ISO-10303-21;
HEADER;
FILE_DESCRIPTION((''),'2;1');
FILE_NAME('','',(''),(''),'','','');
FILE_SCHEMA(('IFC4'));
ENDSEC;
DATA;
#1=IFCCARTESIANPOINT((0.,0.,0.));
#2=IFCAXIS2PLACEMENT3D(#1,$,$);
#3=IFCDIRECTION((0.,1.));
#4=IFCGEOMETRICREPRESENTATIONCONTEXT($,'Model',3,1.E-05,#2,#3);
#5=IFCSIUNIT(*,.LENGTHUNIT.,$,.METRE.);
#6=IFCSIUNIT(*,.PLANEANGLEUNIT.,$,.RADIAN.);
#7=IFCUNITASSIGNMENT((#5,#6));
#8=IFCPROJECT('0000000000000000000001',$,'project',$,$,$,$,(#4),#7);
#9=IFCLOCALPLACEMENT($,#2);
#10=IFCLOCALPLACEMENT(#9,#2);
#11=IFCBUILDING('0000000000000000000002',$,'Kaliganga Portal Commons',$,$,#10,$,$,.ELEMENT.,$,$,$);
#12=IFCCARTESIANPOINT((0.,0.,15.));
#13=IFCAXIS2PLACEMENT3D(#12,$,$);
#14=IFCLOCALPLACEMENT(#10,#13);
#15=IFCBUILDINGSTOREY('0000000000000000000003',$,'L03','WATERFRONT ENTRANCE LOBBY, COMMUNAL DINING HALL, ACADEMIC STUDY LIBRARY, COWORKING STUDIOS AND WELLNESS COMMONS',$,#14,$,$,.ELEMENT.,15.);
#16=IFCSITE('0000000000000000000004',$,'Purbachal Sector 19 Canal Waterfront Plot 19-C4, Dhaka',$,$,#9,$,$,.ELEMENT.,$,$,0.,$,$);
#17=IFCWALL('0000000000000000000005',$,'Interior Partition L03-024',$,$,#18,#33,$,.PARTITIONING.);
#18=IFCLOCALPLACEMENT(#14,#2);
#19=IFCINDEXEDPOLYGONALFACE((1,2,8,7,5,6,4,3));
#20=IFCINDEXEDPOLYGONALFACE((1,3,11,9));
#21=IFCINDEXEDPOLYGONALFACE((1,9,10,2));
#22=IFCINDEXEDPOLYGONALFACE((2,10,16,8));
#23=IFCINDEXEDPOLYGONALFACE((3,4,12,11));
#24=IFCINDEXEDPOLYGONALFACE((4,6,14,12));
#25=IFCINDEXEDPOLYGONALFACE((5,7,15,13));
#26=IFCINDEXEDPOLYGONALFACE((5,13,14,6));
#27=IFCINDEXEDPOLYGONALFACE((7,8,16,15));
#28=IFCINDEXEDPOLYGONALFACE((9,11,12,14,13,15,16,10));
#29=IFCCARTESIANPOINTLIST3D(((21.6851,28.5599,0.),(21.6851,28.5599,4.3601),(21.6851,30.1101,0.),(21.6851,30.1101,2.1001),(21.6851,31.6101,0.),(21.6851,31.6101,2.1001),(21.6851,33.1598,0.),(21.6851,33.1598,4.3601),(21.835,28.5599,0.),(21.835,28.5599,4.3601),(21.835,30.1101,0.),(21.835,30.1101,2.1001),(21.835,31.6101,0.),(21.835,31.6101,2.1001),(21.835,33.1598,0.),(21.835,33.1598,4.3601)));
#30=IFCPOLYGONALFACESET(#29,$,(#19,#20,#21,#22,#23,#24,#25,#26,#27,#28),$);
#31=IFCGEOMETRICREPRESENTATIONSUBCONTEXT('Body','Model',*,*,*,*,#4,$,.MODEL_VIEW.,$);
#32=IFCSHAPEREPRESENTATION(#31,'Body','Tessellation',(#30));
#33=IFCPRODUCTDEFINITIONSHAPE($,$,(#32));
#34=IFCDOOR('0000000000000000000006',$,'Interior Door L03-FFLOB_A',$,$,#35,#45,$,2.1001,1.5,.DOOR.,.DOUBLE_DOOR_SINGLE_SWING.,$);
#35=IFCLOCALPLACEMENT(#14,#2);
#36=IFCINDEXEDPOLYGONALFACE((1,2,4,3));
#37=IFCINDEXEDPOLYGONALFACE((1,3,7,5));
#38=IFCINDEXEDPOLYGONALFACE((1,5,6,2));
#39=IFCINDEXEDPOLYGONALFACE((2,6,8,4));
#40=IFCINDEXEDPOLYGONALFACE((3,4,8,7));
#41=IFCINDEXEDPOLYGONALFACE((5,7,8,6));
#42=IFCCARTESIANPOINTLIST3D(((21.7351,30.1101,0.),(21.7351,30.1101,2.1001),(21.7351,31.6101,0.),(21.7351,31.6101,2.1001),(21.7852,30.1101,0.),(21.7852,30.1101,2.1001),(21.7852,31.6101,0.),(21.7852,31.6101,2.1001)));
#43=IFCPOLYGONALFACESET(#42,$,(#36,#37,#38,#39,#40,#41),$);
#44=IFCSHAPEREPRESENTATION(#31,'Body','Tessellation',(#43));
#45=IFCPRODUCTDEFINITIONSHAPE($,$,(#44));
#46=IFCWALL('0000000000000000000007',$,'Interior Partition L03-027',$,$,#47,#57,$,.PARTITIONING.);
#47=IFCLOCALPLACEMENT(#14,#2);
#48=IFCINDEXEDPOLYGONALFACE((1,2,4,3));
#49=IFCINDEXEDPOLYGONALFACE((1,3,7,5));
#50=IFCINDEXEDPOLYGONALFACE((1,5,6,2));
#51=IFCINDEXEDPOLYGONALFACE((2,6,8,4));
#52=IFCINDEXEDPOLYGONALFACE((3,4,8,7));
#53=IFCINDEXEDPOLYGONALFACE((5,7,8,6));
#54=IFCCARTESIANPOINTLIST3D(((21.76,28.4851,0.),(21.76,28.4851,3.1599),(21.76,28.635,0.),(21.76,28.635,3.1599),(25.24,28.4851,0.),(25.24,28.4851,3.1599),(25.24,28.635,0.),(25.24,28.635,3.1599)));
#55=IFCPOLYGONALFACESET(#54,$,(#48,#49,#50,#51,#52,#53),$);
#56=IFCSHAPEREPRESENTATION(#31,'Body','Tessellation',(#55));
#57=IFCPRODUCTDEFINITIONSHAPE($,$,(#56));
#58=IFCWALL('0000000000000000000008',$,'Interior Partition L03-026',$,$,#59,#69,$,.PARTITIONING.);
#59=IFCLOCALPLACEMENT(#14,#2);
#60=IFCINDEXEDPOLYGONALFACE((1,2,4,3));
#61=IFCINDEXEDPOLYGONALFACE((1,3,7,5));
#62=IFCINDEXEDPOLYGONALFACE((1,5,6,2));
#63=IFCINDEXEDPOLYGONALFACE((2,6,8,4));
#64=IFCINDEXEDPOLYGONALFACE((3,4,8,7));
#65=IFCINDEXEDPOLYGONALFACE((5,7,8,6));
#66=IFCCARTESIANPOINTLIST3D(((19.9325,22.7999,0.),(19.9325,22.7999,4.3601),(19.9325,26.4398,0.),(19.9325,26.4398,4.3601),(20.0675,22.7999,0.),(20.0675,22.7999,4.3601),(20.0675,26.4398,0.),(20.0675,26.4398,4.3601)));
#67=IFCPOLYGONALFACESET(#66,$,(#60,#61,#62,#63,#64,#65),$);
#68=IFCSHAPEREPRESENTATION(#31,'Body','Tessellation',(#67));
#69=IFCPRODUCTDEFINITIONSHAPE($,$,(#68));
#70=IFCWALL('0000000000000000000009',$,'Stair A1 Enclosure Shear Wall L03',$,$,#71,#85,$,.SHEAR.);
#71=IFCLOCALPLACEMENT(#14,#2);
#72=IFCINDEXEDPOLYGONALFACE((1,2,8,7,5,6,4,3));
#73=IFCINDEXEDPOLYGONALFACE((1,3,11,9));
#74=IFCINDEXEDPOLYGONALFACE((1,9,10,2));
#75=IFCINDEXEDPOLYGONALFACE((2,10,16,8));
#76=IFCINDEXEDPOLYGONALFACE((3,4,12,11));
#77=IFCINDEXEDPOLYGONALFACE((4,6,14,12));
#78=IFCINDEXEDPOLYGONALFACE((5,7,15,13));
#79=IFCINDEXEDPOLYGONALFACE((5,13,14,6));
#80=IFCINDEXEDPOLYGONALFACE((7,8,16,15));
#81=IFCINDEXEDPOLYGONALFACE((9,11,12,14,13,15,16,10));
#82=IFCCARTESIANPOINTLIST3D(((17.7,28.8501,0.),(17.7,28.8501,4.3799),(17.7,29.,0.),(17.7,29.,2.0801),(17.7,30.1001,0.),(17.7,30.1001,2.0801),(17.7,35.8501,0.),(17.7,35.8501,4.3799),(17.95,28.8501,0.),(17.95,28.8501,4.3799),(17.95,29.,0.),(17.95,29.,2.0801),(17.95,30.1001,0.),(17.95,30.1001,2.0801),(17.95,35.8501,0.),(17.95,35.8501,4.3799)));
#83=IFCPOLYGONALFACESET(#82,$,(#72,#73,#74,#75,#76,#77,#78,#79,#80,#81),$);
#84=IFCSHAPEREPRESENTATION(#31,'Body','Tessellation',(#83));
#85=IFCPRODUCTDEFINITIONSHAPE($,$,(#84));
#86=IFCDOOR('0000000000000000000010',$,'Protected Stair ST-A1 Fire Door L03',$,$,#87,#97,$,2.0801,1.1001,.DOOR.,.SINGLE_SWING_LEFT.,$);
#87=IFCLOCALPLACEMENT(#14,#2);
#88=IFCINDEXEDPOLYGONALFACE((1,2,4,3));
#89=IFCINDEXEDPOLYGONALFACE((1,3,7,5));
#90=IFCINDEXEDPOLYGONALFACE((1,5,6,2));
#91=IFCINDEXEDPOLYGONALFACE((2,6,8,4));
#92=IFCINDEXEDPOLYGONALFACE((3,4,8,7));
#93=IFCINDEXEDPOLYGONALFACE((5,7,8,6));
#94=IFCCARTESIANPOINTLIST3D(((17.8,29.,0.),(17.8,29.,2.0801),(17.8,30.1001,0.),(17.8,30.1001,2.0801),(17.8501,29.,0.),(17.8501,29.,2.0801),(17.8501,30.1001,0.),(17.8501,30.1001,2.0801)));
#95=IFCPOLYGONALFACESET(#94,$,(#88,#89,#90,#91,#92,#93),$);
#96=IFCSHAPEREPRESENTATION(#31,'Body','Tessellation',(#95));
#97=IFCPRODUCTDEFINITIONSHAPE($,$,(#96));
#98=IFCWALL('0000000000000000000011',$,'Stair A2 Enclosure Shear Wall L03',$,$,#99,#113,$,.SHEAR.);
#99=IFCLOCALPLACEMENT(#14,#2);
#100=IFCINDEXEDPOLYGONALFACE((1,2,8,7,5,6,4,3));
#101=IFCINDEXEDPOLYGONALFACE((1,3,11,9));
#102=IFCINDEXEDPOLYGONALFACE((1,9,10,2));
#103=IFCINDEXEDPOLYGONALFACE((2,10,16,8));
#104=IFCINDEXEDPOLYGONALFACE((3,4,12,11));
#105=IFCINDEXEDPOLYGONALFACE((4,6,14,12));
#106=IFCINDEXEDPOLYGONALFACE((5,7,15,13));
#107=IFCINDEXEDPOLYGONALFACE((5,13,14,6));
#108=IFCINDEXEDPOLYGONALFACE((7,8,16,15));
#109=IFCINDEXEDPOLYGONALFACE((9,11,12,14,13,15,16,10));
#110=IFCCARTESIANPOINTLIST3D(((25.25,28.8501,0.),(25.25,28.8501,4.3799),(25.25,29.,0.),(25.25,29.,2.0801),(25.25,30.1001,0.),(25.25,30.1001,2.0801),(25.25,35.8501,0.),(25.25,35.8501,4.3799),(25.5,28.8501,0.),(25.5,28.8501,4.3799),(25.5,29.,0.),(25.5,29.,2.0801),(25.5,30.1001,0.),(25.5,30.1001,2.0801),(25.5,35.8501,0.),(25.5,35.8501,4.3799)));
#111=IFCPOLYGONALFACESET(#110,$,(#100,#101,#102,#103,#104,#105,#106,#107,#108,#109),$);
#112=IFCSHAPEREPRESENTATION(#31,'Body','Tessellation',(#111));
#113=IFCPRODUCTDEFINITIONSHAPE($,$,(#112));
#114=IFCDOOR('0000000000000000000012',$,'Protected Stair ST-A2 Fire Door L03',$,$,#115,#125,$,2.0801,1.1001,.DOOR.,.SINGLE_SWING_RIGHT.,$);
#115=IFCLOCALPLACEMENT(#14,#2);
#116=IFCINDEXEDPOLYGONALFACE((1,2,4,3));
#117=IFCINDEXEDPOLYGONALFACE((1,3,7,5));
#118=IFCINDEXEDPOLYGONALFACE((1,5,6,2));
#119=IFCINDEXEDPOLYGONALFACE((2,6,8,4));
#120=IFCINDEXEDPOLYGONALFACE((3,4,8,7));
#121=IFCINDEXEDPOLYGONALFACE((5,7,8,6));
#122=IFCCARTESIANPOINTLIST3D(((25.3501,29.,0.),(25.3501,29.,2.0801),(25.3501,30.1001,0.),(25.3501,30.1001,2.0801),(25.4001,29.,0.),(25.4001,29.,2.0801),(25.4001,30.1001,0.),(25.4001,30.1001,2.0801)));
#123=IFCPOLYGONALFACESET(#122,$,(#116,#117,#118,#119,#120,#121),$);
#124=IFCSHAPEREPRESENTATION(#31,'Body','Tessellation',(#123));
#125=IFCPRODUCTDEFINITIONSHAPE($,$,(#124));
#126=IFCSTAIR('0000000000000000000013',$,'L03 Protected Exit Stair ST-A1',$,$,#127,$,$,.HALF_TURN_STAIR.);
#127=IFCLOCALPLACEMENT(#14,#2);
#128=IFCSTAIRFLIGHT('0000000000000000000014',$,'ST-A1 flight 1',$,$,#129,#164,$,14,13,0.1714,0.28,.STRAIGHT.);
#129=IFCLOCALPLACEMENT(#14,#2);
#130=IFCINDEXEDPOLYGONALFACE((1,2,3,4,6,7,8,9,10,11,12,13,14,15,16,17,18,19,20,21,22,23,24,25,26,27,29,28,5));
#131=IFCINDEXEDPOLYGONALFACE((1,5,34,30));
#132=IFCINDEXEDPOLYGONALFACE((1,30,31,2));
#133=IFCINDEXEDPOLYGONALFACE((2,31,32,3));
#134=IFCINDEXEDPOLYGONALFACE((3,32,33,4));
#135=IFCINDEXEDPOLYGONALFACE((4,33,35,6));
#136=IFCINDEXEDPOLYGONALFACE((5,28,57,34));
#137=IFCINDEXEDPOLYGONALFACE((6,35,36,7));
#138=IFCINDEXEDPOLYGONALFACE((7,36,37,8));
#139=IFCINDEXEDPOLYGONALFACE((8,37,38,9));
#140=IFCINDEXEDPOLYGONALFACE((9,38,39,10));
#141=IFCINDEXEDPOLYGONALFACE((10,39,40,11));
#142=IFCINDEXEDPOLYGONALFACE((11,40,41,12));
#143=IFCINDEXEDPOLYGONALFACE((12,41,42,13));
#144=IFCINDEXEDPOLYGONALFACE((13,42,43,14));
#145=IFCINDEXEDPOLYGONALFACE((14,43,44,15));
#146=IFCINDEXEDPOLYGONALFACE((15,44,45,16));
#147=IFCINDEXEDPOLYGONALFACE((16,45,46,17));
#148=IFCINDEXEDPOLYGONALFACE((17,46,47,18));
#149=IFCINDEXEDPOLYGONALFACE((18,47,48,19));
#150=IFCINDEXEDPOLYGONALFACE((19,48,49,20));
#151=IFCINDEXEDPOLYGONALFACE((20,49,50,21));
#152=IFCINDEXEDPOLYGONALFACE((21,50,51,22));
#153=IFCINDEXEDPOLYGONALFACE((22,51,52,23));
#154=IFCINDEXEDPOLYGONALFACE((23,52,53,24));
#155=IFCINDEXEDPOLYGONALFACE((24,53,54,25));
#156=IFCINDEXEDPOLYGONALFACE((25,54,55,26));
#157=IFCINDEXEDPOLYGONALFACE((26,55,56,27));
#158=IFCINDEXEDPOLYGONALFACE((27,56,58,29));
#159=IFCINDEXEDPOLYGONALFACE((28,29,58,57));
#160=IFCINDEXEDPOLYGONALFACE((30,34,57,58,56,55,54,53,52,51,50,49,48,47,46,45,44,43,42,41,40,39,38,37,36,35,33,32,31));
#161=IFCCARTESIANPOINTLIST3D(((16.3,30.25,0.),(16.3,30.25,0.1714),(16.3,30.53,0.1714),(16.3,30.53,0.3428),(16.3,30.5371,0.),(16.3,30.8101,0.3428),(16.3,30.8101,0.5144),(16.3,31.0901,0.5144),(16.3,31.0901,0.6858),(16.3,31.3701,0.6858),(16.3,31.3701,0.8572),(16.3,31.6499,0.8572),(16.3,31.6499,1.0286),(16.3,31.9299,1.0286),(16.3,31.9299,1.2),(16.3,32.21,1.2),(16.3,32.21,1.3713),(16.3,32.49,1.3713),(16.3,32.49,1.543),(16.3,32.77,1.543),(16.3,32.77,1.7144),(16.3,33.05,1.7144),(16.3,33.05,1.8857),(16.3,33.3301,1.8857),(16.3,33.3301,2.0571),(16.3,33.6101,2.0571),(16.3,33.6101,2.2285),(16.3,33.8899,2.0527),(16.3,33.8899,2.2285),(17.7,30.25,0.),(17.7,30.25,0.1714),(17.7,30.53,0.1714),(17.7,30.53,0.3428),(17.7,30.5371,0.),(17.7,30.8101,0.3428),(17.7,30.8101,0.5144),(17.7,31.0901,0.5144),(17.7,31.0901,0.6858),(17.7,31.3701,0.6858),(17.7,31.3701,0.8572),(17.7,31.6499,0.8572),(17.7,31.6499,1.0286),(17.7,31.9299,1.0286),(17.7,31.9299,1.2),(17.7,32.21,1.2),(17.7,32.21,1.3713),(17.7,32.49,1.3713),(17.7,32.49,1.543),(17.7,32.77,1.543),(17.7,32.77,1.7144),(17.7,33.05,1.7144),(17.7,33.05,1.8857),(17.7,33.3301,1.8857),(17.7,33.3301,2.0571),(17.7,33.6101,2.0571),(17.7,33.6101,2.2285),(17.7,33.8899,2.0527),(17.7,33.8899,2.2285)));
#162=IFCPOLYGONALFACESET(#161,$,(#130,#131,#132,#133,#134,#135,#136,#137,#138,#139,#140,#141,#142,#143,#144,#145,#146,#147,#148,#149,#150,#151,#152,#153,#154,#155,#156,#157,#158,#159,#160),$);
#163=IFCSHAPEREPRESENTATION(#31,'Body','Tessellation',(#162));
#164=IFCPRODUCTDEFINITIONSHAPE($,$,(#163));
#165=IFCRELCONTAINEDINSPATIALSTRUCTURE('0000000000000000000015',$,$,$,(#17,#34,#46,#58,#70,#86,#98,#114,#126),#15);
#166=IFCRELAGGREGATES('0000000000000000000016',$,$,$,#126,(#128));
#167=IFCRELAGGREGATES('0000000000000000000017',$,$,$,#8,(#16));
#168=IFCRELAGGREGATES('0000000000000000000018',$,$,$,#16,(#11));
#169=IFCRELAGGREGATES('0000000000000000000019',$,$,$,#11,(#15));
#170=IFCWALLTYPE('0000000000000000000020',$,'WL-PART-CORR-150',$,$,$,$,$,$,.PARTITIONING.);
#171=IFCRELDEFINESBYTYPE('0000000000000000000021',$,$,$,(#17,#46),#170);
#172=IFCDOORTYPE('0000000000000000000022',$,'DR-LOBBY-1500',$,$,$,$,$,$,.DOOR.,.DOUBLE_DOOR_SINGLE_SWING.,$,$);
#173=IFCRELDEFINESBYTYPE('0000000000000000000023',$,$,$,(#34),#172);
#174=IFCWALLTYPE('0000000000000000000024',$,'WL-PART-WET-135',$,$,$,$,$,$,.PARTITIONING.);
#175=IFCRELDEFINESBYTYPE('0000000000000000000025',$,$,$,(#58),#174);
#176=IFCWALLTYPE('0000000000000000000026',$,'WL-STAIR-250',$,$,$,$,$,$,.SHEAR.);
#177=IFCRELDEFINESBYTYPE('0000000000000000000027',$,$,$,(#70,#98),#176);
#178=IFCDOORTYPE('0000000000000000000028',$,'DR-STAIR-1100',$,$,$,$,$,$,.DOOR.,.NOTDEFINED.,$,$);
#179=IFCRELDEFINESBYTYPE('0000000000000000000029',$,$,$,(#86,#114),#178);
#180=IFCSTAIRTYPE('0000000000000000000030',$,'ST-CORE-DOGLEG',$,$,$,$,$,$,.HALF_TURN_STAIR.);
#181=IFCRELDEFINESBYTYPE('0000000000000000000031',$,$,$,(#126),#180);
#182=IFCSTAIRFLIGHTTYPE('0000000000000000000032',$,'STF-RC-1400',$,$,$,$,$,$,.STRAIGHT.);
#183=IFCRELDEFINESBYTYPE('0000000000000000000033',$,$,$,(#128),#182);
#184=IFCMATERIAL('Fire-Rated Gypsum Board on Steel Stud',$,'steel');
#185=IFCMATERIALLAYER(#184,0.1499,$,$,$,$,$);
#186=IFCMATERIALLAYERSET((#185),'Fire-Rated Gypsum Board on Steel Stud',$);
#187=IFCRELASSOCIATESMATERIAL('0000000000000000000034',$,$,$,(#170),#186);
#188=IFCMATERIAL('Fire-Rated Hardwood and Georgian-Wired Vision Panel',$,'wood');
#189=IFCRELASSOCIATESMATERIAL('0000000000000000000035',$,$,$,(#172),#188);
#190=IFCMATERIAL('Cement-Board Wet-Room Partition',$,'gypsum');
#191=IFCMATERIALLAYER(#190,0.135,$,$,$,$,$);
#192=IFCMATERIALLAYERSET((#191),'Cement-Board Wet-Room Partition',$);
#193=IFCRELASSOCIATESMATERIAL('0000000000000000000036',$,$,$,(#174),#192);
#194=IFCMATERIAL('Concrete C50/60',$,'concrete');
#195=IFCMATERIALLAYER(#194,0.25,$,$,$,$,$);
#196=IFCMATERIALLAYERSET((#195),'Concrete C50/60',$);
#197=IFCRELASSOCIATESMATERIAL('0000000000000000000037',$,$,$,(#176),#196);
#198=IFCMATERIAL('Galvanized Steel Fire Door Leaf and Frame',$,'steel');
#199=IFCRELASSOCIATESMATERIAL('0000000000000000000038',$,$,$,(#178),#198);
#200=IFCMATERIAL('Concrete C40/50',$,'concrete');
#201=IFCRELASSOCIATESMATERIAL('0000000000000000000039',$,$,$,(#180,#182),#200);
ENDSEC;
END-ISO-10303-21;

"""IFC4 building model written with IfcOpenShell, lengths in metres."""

from ifc_helpers import new_model, si_unit, direction, frame, frame_2d, origin, place, context, subcontext, project, spatial, polyline, rectangle, outline, extrude, material, layer, layer_set, type_object, element, fill, aggregate, save


model = new_model("IFC4")

# Units and contexts
model_context = context("Model", 3, precision=1e-05, world=origin(), true_north=direction((0.0, 1.0)))
body_context = subcontext(model_context, "Body", "Model", "MODEL_VIEW")
ifc_project = project(units=[si_unit("LENGTHUNIT", "METRE"), si_unit("PLANEANGLEUNIT", "RADIAN")], contexts=[model_context])

# Site, building, storey
site_placement = place(None, origin())
site = spatial("IfcSite", under=ifc_project, at=site_placement, Name="Purbachal Sector 19 Canal Waterfront Plot 19-C4, Dhaka", CompositionType="ELEMENT", RefElevation=0.0)
building_placement = place(site_placement, origin())
building = spatial("IfcBuilding", under=site, at=building_placement, Name="Kaliganga Portal Commons", CompositionType="ELEMENT")
storey_placement = place(building_placement, frame((0.0, 0.0, 15.0)))
storey = spatial("IfcBuildingStorey", under=building, at=storey_placement, Name="L03", Description="WATERFRONT ENTRANCE LOBBY, COMMUNAL DINING HALL, ACADEMIC STUDY LIBRARY, COWORKING STUDIOS AND WELLNESS COMMONS", CompositionType="ELEMENT", Elevation=15.0)

# Shared definitions
ifc_material_1 = material(Name="Fire-Rated Gypsum Board on Steel Stud", Category="steel")
ifc_layer_1 = layer(ifc_material_1, 0.1499)
ifc_layer_set_1 = layer_set([ifc_layer_1], Name="Fire-Rated Gypsum Board on Steel Stud")
wall_type_1 = type_object("IfcWallType", Name="WL-PART-CORR-150", PredefinedType="PARTITIONING", material=ifc_layer_set_1)

# Wall, opening, door
wall_1_placement = place(storey_placement, frame((21.76, 28.5601, 0.0), z_axis=(0.0, 0.0, 1.0), x_axis=(0.0, 1.0, 0.0)))
wall_1 = element("IfcWall", 1, at=wall_1_placement, inside=storey, type_object=wall_type_1, Name="Interior Partition L03-024", PredefinedType="PARTITIONING", context=body_context, shape_type="SweptSolid", body=[
    extrude(rectangle(XDim=4.5999, YDim=0.1499, at=frame_2d((2.2998, 0.0))), origin(), (0.0, 0.0, 1.0), 4.3601),
])
opening_1_placement = place(wall_1_placement, frame((1.55, 0.0, 0.0)))
opening_1 = element("IfcOpeningElement", 2, at=opening_1_placement, cuts=wall_1, PredefinedType="OPENING", context=body_context, shape_type="SweptSolid", body=[
    extrude(rectangle(XDim=1.5, YDim=2.1001, at=frame_2d((0.75, 1.05))), frame((0.0, 0.085, 0.0), z_axis=(0.0, -1.0, 0.0), x_axis=(1.0, 0.0, 0.0)), (0.0, 0.0, 1.0), 0.1699),
])
ifc_material_2 = material(Name="Fire-Rated Hardwood and Georgian-Wired Vision Panel", Category="wood")
door_type_1 = type_object("IfcDoorType", Name="DR-LOBBY-1500", OperationType="DOUBLE_DOOR_SINGLE_SWING", PredefinedType="DOOR", material=ifc_material_2)
door_1_placement = place(opening_1_placement, origin())
door_1 = element("IfcDoor", 3, at=door_1_placement, inside=storey, type_object=door_type_1, Name="Interior Door L03-FFLOB_A", OperationType="DOUBLE_DOOR_SINGLE_SWING", OverallHeight=2.1001, OverallWidth=1.5, PredefinedType="DOOR", context=body_context, shape_type="SweptSolid", body=[
    extrude(rectangle(XDim=1.5, YDim=2.1001, at=frame_2d((0.75, 1.05))), frame((0.0, 0.0249, 0.0), z_axis=(0.0, -1.0, 0.0), x_axis=(1.0, 0.0, 0.0)), (0.0, 0.0, 1.0), 0.05),
])
fill(opening_1, door_1)

# Walls
wall_2_placement = place(storey_placement, frame((21.76, 28.5601, 0.0), z_axis=(0.0, 0.0, 1.0), x_axis=(1.0, 0.0, 0.0)))
element("IfcWall", 4, at=wall_2_placement, inside=storey, type_object=wall_type_1, Name="Interior Partition L03-027", PredefinedType="PARTITIONING", context=body_context, shape_type="SweptSolid", body=[
    extrude(rectangle(XDim=3.48, YDim=0.1499, at=frame_2d((1.74, 0.0))), origin(), (0.0, 0.0, 1.0), 3.1599),
])
ifc_material_3 = material(Name="Cement-Board Wet-Room Partition", Category="gypsum")
ifc_layer_2 = layer(ifc_material_3, 0.135)
ifc_layer_set_2 = layer_set([ifc_layer_2], Name="Cement-Board Wet-Room Partition")
wall_type_2 = type_object("IfcWallType", Name="WL-PART-WET-135", PredefinedType="PARTITIONING", material=ifc_layer_set_2)
wall_3_placement = place(storey_placement, frame((20.0, 22.8, 0.0), z_axis=(0.0, 0.0, 1.0), x_axis=(0.0, 1.0, 0.0)))
element("IfcWall", 5, at=wall_3_placement, inside=storey, type_object=wall_type_2, Name="Interior Partition L03-026", PredefinedType="PARTITIONING", context=body_context, shape_type="SweptSolid", body=[
    extrude(rectangle(XDim=3.6399, YDim=0.135, at=frame_2d((1.8198, 0.0))), origin(), (0.0, 0.0, 1.0), 4.3601),
])

# Walls, openings, doors
ifc_material_4 = material(Name="Concrete C50/60", Category="concrete")
ifc_layer_3 = layer(ifc_material_4, 0.25)
ifc_layer_set_3 = layer_set([ifc_layer_3], Name="Concrete C50/60")
wall_type_3 = type_object("IfcWallType", Name="WL-STAIR-250", PredefinedType="SHEAR", material=ifc_layer_set_3)
wall_4_placement = place(storey_placement, frame((17.825, 28.8501, 0.0), z_axis=(0.0, 0.0, 1.0), x_axis=(0.0, 1.0, 0.0)))
wall_4 = element("IfcWall", 6, at=wall_4_placement, inside=storey, type_object=wall_type_3, Name="Stair A1 Enclosure Shear Wall L03", PredefinedType="SHEAR", context=body_context, shape_type="SweptSolid", body=[
    extrude(rectangle(XDim=7.0, YDim=0.25, at=frame_2d((3.5, 0.0))), origin(), (0.0, 0.0, 1.0), 4.3799),
])
opening_2_placement = place(wall_4_placement, frame((0.1499, 0.0, 0.0)))
opening_2 = element("IfcOpeningElement", 7, at=opening_2_placement, cuts=wall_4, PredefinedType="OPENING", context=body_context, shape_type="SweptSolid", body=[
    extrude(rectangle(XDim=1.1001, YDim=2.0801, at=frame_2d((0.55, 1.04))), frame((0.0, 0.135, 0.0), z_axis=(0.0, -1.0, 0.0), x_axis=(1.0, 0.0, 0.0)), (0.0, 0.0, 1.0), 0.27),
])
ifc_material_5 = material(Name="Galvanized Steel Fire Door Leaf and Frame", Category="steel")
door_type_2 = type_object("IfcDoorType", Name="DR-STAIR-1100", OperationType="NOTDEFINED", PredefinedType="DOOR", material=ifc_material_5)
door_2_placement = place(opening_2_placement, origin())
door_2 = element("IfcDoor", 8, at=door_2_placement, inside=storey, type_object=door_type_2, Name="Protected Stair ST-A1 Fire Door L03", OperationType="SINGLE_SWING_LEFT", OverallHeight=2.0801, OverallWidth=1.1001, PredefinedType="DOOR", context=body_context, shape_type="SweptSolid", body=[
    extrude(rectangle(XDim=1.1001, YDim=2.0801, at=frame_2d((0.55, 1.04))), frame((0.0, 0.0249, 0.0), z_axis=(0.0, -1.0, 0.0), x_axis=(1.0, 0.0, 0.0)), (0.0, 0.0, 1.0), 0.05),
])
fill(opening_2, door_2)
wall_5_placement = place(storey_placement, frame((25.375, 28.8501, 0.0), z_axis=(0.0, 0.0, 1.0), x_axis=(0.0, 1.0, 0.0)))
wall_5 = element("IfcWall", 9, at=wall_5_placement, inside=storey, type_object=wall_type_3, Name="Stair A2 Enclosure Shear Wall L03", PredefinedType="SHEAR", context=body_context, shape_type="SweptSolid", body=[
    extrude(rectangle(XDim=7.0, YDim=0.25, at=frame_2d((3.5, 0.0))), origin(), (0.0, 0.0, 1.0), 4.3799),
])
opening_3_placement = place(wall_5_placement, frame((0.1499, 0.0, 0.0)))
opening_3 = element("IfcOpeningElement", 10, at=opening_3_placement, cuts=wall_5, PredefinedType="OPENING", context=body_context, shape_type="SweptSolid", body=[
    extrude(rectangle(XDim=1.1001, YDim=2.0801, at=frame_2d((0.55, 1.04))), frame((0.0, 0.135, 0.0), z_axis=(0.0, -1.0, 0.0), x_axis=(1.0, 0.0, 0.0)), (0.0, 0.0, 1.0), 0.27),
])
door_3_placement = place(opening_3_placement, origin())
door_3 = element("IfcDoor", 11, at=door_3_placement, inside=storey, type_object=door_type_2, Name="Protected Stair ST-A2 Fire Door L03", OperationType="SINGLE_SWING_RIGHT", OverallHeight=2.0801, OverallWidth=1.1001, PredefinedType="DOOR", context=body_context, shape_type="SweptSolid", body=[
    extrude(rectangle(XDim=1.1001, YDim=2.0801, at=frame_2d((0.55, 1.04))), frame((0.0, 0.0249, 0.0), z_axis=(0.0, -1.0, 0.0), x_axis=(1.0, 0.0, 0.0)), (0.0, 0.0, 1.0), 0.05),
])
fill(opening_3, door_3)

# Stair, stair flight
ifc_material_6 = material(Name="Concrete C40/50", Category="concrete")
stair_type = type_object("IfcStairType", Name="ST-CORE-DOGLEG", PredefinedType="HALF_TURN_STAIR", material=ifc_material_6)
stair_placement = place(storey_placement, origin())
stair = element("IfcStair", 12, at=stair_placement, inside=storey, type_object=stair_type, Name="L03 Protected Exit Stair ST-A1", PredefinedType="HALF_TURN_STAIR")
stair_flight_type = type_object("IfcStairFlightType", Name="STF-RC-1400", PredefinedType="STRAIGHT", material=ifc_material_6)
stair_flight_placement = place(storey_placement, frame((17.0, 30.25, 0.0), z_axis=(0.0, 0.0, 1.0), x_axis=(0.0, 1.0, 0.0)))
stair_flight = element("IfcStairFlight", 13, at=stair_flight_placement, type_object=stair_flight_type, Name="ST-A1 flight 1", NumberOfRisers=14, NumberOfTreads=13, PredefinedType="STRAIGHT", RiserHeight=0.1714, TreadLength=0.28, context=body_context, shape_type="SweptSolid", body=[
    extrude(outline(polyline([(0.0, 0.0), (0.0, 0.1714), (0.28, 0.1714), (0.28, 0.3428), (0.5601, 0.3428), (0.5601, 0.5144), (0.8401, 0.5144), (0.8401, 0.6858), (1.1201, 0.6858), (1.1201, 0.8572), (1.3999, 0.8572), (1.3999, 1.0286), (1.6799, 1.0286), (1.6799, 1.2), (1.96, 1.2), (1.96, 1.3713), (2.24, 1.3713), (2.24, 1.543), (2.52, 1.543), (2.52, 1.7144), (2.8, 1.7144), (2.8, 1.8857), (3.0801, 1.8857), (3.0801, 2.0571), (3.3601, 2.0571), (3.3601, 2.2285), (3.6399, 2.2285), (3.6399, 2.3999), (3.6399, 2.0527), (0.2871, 0.0), (0.0, 0.0)])), frame((0.0, 0.7, 0.0), z_axis=(0.0, -1.0, 0.0), x_axis=(1.0, 0.0, 0.0)), (0.0, 0.0, 1.0), 1.3999),
])
aggregate(stair, [stair_flight])

save(model, "model.ifc")
